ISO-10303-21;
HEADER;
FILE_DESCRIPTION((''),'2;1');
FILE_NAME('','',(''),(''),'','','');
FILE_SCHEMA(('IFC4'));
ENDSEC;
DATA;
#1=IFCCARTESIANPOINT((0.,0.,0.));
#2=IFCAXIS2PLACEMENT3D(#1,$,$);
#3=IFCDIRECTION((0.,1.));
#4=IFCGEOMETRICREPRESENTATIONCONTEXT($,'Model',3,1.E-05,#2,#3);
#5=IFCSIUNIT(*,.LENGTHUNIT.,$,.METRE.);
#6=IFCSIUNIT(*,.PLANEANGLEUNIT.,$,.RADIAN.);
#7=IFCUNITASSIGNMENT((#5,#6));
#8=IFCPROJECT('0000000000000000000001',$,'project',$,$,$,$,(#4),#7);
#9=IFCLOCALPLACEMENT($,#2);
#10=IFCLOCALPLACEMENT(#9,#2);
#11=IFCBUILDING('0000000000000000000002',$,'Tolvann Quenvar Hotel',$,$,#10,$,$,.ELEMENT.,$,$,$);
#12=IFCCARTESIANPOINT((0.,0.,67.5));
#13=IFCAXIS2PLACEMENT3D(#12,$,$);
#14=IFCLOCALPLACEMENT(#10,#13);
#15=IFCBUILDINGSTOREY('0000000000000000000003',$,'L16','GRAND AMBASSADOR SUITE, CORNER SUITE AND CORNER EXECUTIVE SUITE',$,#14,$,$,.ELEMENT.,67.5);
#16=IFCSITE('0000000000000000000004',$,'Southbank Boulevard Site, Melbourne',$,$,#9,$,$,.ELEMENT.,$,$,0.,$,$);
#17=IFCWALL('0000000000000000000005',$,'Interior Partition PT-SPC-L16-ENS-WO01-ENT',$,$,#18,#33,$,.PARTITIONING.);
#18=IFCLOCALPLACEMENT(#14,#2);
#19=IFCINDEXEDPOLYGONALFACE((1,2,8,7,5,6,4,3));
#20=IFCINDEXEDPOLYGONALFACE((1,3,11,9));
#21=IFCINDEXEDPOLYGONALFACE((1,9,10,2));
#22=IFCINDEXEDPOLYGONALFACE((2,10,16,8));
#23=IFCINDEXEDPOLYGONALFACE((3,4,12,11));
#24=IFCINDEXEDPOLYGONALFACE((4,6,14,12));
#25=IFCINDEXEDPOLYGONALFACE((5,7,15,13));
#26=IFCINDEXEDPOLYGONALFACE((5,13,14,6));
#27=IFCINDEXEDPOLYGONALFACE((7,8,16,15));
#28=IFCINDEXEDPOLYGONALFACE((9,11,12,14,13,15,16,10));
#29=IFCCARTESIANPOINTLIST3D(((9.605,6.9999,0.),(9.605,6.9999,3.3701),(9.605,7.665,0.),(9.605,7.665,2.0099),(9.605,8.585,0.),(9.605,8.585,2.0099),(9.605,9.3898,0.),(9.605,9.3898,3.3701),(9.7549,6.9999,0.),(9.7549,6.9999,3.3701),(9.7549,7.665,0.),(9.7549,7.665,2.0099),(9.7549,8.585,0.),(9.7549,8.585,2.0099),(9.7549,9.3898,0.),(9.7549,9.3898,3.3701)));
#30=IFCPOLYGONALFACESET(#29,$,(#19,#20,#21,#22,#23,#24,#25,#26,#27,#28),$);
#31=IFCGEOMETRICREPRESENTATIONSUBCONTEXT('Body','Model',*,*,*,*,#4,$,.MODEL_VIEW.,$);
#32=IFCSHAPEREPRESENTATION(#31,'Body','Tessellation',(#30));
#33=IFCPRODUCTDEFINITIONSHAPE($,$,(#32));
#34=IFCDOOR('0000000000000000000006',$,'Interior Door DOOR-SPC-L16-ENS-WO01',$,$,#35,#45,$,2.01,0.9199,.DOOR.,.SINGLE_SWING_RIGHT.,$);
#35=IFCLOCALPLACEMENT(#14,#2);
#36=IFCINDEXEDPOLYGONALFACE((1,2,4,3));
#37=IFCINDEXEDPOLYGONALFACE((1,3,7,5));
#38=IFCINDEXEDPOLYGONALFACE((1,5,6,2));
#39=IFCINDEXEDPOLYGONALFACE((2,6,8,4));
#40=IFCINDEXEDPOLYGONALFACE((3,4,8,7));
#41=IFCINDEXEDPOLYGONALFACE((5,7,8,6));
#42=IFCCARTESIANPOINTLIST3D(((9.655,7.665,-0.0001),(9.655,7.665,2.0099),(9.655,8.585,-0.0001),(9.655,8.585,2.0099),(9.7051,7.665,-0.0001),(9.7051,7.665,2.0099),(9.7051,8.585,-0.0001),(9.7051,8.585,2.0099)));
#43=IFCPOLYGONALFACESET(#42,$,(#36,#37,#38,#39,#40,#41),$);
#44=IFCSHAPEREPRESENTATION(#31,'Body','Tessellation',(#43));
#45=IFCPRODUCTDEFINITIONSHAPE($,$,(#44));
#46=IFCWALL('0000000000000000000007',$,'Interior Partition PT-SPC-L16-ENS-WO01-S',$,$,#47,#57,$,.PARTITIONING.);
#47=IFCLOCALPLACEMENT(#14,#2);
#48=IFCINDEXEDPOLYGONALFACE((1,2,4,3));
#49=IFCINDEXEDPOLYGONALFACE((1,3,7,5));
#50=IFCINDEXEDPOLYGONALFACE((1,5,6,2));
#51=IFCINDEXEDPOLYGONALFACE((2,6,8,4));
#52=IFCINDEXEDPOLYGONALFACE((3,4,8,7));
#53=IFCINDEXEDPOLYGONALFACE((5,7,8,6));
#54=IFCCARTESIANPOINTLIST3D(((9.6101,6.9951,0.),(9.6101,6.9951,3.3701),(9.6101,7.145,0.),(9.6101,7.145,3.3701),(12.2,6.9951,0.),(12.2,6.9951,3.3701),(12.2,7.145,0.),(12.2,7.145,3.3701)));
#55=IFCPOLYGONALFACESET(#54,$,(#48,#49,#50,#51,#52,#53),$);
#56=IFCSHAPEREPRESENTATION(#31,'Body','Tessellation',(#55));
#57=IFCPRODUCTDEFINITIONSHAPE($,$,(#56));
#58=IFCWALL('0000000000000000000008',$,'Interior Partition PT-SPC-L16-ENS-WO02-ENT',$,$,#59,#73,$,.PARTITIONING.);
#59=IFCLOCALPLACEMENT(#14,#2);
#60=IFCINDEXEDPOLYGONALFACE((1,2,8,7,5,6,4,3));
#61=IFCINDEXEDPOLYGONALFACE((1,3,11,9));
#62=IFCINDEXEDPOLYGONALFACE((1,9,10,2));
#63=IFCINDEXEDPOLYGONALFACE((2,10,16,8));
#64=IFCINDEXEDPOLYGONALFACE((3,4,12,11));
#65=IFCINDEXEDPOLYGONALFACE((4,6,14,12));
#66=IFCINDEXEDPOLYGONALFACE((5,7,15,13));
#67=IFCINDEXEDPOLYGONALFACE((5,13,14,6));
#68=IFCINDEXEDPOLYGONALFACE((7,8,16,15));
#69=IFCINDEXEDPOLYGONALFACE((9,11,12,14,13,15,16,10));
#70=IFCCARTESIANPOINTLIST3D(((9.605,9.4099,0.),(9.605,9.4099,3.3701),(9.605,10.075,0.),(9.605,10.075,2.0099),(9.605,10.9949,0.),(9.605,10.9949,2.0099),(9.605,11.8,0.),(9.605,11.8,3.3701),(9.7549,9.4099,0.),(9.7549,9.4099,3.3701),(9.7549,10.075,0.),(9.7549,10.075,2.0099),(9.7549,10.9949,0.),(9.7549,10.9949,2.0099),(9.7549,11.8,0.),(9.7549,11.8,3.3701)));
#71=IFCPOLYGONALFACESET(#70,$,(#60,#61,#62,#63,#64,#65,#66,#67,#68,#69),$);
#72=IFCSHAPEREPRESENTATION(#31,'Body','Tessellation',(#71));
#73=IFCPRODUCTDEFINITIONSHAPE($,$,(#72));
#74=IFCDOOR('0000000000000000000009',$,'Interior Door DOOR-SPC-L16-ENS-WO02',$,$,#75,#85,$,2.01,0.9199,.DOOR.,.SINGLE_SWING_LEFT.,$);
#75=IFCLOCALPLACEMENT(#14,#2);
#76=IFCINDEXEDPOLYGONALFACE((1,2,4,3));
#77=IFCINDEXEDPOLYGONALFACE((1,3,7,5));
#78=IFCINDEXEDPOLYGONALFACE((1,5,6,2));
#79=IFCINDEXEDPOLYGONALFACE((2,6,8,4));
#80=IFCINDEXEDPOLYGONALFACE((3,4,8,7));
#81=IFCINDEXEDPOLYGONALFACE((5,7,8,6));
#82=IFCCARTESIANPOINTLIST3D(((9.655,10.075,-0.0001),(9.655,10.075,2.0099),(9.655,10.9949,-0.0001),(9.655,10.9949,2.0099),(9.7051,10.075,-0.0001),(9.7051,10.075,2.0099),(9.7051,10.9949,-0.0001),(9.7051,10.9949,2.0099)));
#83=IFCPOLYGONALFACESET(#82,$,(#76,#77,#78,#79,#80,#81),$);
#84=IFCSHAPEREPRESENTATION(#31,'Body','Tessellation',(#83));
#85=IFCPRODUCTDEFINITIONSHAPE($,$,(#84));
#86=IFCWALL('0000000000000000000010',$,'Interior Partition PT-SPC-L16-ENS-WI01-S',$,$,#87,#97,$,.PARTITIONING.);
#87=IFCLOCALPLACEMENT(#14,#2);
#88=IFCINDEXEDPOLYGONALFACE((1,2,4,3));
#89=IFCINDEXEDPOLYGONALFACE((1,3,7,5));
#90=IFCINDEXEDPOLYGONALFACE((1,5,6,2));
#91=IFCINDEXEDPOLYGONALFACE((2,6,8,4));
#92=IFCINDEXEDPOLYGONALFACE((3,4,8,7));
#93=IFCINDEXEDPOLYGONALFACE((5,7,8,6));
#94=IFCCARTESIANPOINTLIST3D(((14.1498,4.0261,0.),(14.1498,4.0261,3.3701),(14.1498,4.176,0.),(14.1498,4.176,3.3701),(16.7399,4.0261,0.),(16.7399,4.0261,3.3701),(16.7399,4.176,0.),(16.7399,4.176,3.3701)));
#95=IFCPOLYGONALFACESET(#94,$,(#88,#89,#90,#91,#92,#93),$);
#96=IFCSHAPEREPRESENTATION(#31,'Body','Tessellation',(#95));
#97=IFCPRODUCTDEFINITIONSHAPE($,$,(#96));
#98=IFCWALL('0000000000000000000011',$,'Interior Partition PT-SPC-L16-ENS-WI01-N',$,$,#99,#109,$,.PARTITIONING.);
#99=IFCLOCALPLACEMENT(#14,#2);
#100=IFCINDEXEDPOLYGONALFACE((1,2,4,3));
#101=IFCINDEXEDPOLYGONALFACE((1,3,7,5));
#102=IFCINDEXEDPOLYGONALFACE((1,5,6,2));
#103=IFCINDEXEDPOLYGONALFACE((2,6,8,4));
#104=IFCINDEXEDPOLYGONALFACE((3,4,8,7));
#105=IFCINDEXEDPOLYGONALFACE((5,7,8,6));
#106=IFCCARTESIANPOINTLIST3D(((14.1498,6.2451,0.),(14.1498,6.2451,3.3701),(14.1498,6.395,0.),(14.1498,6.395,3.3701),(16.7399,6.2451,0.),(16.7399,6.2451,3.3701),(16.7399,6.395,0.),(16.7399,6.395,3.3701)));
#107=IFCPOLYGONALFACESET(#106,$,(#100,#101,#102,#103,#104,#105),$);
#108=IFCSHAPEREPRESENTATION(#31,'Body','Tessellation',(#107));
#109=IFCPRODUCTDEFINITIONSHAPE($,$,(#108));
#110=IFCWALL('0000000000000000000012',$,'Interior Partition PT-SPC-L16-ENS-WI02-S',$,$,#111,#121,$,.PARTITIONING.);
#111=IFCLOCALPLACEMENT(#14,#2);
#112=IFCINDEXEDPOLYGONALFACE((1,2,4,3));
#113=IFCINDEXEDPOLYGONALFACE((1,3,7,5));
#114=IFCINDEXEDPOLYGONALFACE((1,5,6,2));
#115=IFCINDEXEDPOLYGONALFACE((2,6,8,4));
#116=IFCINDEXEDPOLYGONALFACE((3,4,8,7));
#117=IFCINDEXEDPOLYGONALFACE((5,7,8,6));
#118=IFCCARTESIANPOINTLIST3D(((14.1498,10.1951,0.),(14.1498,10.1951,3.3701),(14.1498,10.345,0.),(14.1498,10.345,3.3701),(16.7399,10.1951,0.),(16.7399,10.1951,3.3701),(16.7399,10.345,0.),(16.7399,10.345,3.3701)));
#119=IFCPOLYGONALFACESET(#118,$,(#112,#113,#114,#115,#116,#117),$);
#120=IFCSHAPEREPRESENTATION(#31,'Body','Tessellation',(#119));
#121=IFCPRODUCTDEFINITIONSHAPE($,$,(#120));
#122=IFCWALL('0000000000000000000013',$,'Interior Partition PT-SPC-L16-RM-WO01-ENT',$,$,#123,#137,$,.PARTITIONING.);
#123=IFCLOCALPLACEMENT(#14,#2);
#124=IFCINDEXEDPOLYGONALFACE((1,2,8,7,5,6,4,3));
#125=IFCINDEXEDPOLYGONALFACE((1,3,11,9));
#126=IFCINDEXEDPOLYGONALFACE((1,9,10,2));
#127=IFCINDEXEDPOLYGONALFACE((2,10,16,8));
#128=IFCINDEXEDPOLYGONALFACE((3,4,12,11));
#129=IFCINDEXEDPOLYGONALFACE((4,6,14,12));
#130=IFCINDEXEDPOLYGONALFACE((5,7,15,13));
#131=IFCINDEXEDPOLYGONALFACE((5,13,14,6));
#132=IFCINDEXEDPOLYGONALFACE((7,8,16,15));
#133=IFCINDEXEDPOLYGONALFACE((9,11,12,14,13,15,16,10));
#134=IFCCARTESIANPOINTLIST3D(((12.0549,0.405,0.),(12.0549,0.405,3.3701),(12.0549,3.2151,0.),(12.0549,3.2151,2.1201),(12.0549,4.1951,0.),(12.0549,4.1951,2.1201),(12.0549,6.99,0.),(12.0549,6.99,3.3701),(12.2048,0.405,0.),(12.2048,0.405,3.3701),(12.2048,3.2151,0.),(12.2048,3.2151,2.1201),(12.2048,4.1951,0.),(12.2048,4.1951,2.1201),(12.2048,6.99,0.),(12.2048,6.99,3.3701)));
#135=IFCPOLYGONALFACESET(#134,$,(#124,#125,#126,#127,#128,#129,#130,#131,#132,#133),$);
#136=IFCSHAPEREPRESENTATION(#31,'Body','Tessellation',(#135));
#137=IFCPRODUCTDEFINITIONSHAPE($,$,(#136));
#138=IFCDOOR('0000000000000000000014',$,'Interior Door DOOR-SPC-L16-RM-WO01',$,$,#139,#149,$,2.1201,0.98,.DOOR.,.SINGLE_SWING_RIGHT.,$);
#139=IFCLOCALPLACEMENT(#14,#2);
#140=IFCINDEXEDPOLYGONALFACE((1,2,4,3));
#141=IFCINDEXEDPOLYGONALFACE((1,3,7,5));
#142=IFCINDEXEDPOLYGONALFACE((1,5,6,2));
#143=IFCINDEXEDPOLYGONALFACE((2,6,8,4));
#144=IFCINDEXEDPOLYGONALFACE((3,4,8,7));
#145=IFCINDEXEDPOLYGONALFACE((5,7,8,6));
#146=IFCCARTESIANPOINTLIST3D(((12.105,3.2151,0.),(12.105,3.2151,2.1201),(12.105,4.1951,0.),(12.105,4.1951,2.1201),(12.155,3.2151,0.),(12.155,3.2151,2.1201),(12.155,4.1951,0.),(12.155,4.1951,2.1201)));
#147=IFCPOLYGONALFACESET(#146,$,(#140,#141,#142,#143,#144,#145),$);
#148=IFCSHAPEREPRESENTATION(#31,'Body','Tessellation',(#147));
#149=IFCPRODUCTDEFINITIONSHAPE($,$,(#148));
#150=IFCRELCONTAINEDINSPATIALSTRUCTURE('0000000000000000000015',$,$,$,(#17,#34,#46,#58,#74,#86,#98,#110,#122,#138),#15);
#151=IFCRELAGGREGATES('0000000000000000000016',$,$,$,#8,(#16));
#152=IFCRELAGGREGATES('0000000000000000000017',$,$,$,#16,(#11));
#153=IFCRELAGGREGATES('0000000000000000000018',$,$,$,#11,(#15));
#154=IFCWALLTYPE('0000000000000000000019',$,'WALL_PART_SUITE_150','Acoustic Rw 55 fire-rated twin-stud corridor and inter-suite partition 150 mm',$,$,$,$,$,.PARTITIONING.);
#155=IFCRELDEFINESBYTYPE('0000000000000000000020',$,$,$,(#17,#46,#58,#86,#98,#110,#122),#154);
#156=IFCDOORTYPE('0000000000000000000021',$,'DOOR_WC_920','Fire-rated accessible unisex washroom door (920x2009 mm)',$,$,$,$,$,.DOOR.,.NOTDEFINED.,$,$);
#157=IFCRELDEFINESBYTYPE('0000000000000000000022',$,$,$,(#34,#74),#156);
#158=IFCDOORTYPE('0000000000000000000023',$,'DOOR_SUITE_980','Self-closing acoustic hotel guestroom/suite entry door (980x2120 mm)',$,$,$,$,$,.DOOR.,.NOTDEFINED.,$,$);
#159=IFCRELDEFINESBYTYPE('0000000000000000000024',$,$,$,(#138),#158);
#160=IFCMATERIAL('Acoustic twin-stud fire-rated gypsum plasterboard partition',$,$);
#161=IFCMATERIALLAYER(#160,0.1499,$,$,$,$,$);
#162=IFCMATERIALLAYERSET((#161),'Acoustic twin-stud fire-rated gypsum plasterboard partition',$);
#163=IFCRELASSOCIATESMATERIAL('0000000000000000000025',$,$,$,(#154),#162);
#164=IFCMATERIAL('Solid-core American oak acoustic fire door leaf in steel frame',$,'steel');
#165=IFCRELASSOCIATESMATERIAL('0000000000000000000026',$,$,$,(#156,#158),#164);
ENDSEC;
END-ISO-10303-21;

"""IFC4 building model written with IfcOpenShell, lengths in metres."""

from ifc_helpers import new_model, si_unit, direction, frame, frame_2d, origin, place, context, subcontext, project, spatial, rectangle, extrude, source, transform, mapped, material, layer, layer_set, type_object, type_shapes, element, fill, save


model = new_model("IFC4")

# Units and contexts
model_context = context("Model", 3, precision=1e-05, world=origin(), true_north=direction((0.0, 1.0)))
body_context = subcontext(model_context, "Body", "Model", "MODEL_VIEW")
ifc_project = project(units=[si_unit("LENGTHUNIT", "METRE"), si_unit("PLANEANGLEUNIT", "RADIAN")], contexts=[model_context])

# Site, building, storey
site_placement = place(None, origin())
site = spatial("IfcSite", under=ifc_project, at=site_placement, Name="Southbank Boulevard Site, Melbourne", CompositionType="ELEMENT", RefElevation=0.0)
building_placement = place(site_placement, origin())
building = spatial("IfcBuilding", under=site, at=building_placement, Name="Tolvann Quenvar Hotel", CompositionType="ELEMENT")
storey_placement = place(building_placement, frame((0.0, 0.0, 67.5)))
storey = spatial("IfcBuildingStorey", under=building, at=storey_placement, Name="L16", Description="GRAND AMBASSADOR SUITE, CORNER SUITE AND CORNER EXECUTIVE SUITE", CompositionType="ELEMENT", Elevation=67.5)

# Wall, opening, door
ifc_material_1 = material(Name="Acoustic twin-stud fire-rated gypsum plasterboard partition")
ifc_layer_1 = layer(ifc_material_1, 0.1499)
ifc_layer_set_1 = layer_set([ifc_layer_1], Name="Acoustic twin-stud fire-rated gypsum plasterboard partition")
wall_type_1 = type_object("IfcWallType", Name="WALL_PART_SUITE_150", Description="Acoustic Rw 55 fire-rated twin-stud corridor and inter-suite partition 150 mm", PredefinedType="PARTITIONING", material=ifc_layer_set_1)
wall_1_placement = place(storey_placement, frame((9.6799, 7.0, 0.0), z_axis=(0.0, 0.0, 1.0), x_axis=(0.0, 1.0, 0.0)))
wall_1 = element("IfcWall", 1, at=wall_1_placement, inside=storey, type_object=wall_type_1, Name="Interior Partition PT-SPC-L16-ENS-WO01-ENT", PredefinedType="PARTITIONING", context=body_context, shape_type="SweptSolid", body=[
    extrude(rectangle(XDim=2.3899, YDim=0.1499, at=frame_2d((1.1948, 0.0))), origin(), (0.0, 0.0, 1.0), 3.3701),
])
opening_1_placement = place(wall_1_placement, frame((0.665, 0.0, 0.0)))
opening_1 = element("IfcOpeningElement", 2, at=opening_1_placement, cuts=wall_1, PredefinedType="OPENING", context=body_context, shape_type="SweptSolid", body=[
    extrude(rectangle(XDim=0.9199, YDim=2.01, at=frame_2d((0.46, 1.0049))), frame((0.0, 0.085, 0.0), z_axis=(0.0, -1.0, 0.0), x_axis=(1.0, 0.0, 0.0)), (0.0, 0.0, 1.0), 0.1699),
])
ifc_material_2 = material(Name="Solid-core American oak acoustic fire door leaf in steel frame", Category="steel")
door_type_1 = type_object("IfcDoorType", Name="DOOR_WC_920", Description="Fire-rated accessible unisex washroom door (920x2009 mm)", OperationType="NOTDEFINED", PredefinedType="DOOR", material=ifc_material_2)
shared_shape_1 = source(origin(), body_context, "Body", "SweptSolid", [
    extrude(rectangle(XDim=0.9199, YDim=2.01, at=frame_2d((0.46, 1.0049))), frame((0.0, 0.0249, 0.0), z_axis=(0.0, -1.0, 0.0), x_axis=(1.0, 0.0, 0.0)), (0.0, 0.0, 1.0), 0.05),
])
type_shapes(door_type_1, [shared_shape_1])
door_1_placement = place(opening_1_placement, origin())
door_1 = element("IfcDoor", 3, at=door_1_placement, inside=storey, type_object=door_type_1, Name="Interior Door DOOR-SPC-L16-ENS-WO01", OperationType="SINGLE_SWING_RIGHT", OverallHeight=2.01, OverallWidth=0.9199, PredefinedType="DOOR", context=body_context, shape_type="MappedRepresentation", body=[
    mapped(shared_shape_1, transform((0.0, 0.0, 0.0), x_axis=(1.0, 0.0, 0.0), y_axis=(0.0, 1.0, 0.0), z_axis=(0.0, 0.0, 1.0), scale=1.0)),
])
fill(opening_1, door_1)

# Wall
wall_2_placement = place(storey_placement, frame((9.6101, 7.0701, 0.0), z_axis=(0.0, 0.0, 1.0), x_axis=(1.0, 0.0, 0.0)))
element("IfcWall", 4, at=wall_2_placement, inside=storey, type_object=wall_type_1, Name="Interior Partition PT-SPC-L16-ENS-WO01-S", PredefinedType="PARTITIONING", context=body_context, shape_type="SweptSolid", body=[
    extrude(rectangle(XDim=2.5898, YDim=0.1499, at=frame_2d((1.2949, 0.0))), origin(), (0.0, 0.0, 1.0), 3.3701),
])

# Wall, opening, door
wall_3_placement = place(storey_placement, frame((9.6799, 9.4099, 0.0), z_axis=(0.0, 0.0, 1.0), x_axis=(0.0, 1.0, 0.0)))
wall_3 = element("IfcWall", 5, at=wall_3_placement, inside=storey, type_object=wall_type_1, Name="Interior Partition PT-SPC-L16-ENS-WO02-ENT", PredefinedType="PARTITIONING", context=body_context, shape_type="SweptSolid", body=[
    extrude(rectangle(XDim=2.3901, YDim=0.1499, at=frame_2d((1.1951, 0.0))), origin(), (0.0, 0.0, 1.0), 3.3701),
])
opening_2_placement = place(wall_3_placement, frame((0.665, 0.0, 0.0)))
opening_2 = element("IfcOpeningElement", 6, at=opening_2_placement, cuts=wall_3, PredefinedType="OPENING", context=body_context, shape_type="SweptSolid", body=[
    extrude(rectangle(XDim=0.9199, YDim=2.01, at=frame_2d((0.46, 1.0049))), frame((0.0, 0.085, 0.0), z_axis=(0.0, -1.0, 0.0), x_axis=(1.0, 0.0, 0.0)), (0.0, 0.0, 1.0), 0.1699),
])
door_2_placement = place(opening_2_placement, origin())
door_2 = element("IfcDoor", 7, at=door_2_placement, inside=storey, type_object=door_type_1, Name="Interior Door DOOR-SPC-L16-ENS-WO02", OperationType="SINGLE_SWING_LEFT", OverallHeight=2.01, OverallWidth=0.9199, PredefinedType="DOOR", context=body_context, shape_type="MappedRepresentation", body=[
    mapped(shared_shape_1, transform((0.0, 0.0, 0.0), x_axis=(1.0, 0.0, 0.0), y_axis=(0.0, 1.0, 0.0), z_axis=(0.0, 0.0, 1.0), scale=1.0)),
])
fill(opening_2, door_2)

# Walls
for number, where, z_axis, x_axis, name in (
    (8, (14.1499, 4.1011, 0.0), (0.0, 0.0, 1.0), (1.0, 0.0, 0.0), "Interior Partition PT-SPC-L16-ENS-WI01-S"),
    (9, (14.1499, 6.3201, 0.0), (0.0, 0.0, 1.0), (1.0, 0.0, 0.0), "Interior Partition PT-SPC-L16-ENS-WI01-N"),
    (10, (14.1499, 10.27, 0.0), (0.0, 0.0, 1.0), (1.0, 0.0, 0.0), "Interior Partition PT-SPC-L16-ENS-WI02-S"),
):
    element("IfcWall", number, at=place(storey_placement, frame(where, z_axis=z_axis, x_axis=x_axis)), inside=storey, type_object=wall_type_1, Name=name, PredefinedType="PARTITIONING", context=body_context, shape_type="SweptSolid", body=[
        extrude(rectangle(XDim=2.5901, YDim=0.1499, at=frame_2d((1.2949, 0.0))), origin(), (0.0, 0.0, 1.0), 3.3701),
    ])

# Wall, opening, door
wall_4_placement = place(storey_placement, frame((12.1299, 0.405, 0.0), z_axis=(0.0, 0.0, 1.0), x_axis=(0.0, 1.0, 0.0)))
wall_4 = element("IfcWall", 11, at=wall_4_placement, inside=storey, type_object=wall_type_1, Name="Interior Partition PT-SPC-L16-RM-WO01-ENT", PredefinedType="PARTITIONING", context=body_context, shape_type="SweptSolid", body=[
    extrude(rectangle(XDim=6.585, YDim=0.1499, at=frame_2d((3.2925, 0.0))), origin(), (0.0, 0.0, 1.0), 3.3701),
])
opening_3_placement = place(wall_4_placement, frame((2.8101, 0.0, 0.0)))
opening_3 = element("IfcOpeningElement", 12, at=opening_3_placement, cuts=wall_4, PredefinedType="OPENING", context=body_context, shape_type="SweptSolid", body=[
    extrude(rectangle(XDim=0.98, YDim=2.1201, at=frame_2d((0.49, 1.0601))), frame((0.0, 0.085, 0.0), z_axis=(0.0, -1.0, 0.0), x_axis=(1.0, 0.0, 0.0)), (0.0, 0.0, 1.0), 0.1699),
])
door_type_2 = type_object("IfcDoorType", Name="DOOR_SUITE_980", Description="Self-closing acoustic hotel guestroom/suite entry door (980x2120 mm)", OperationType="NOTDEFINED", PredefinedType="DOOR", material=ifc_material_2)
shared_shape_2 = source(origin(), body_context, "Body", "SweptSolid", [
    extrude(rectangle(XDim=0.98, YDim=2.1201, at=frame_2d((0.49, 1.0601))), frame((0.0, 0.0249, 0.0), z_axis=(0.0, -1.0, 0.0), x_axis=(1.0, 0.0, 0.0)), (0.0, 0.0, 1.0), 0.05),
])
type_shapes(door_type_2, [shared_shape_2])
door_3_placement = place(opening_3_placement, origin())
door_3 = element("IfcDoor", 13, at=door_3_placement, inside=storey, type_object=door_type_2, Name="Interior Door DOOR-SPC-L16-RM-WO01", OperationType="SINGLE_SWING_RIGHT", OverallHeight=2.1201, OverallWidth=0.98, PredefinedType="DOOR", context=body_context, shape_type="MappedRepresentation", body=[
    mapped(shared_shape_2, transform((0.0, 0.0, 0.0), x_axis=(1.0, 0.0, 0.0), y_axis=(0.0, 1.0, 0.0), z_axis=(0.0, 0.0, 1.0), scale=1.0)),
])
fill(opening_3, door_3)

save(model, "model.ifc")
